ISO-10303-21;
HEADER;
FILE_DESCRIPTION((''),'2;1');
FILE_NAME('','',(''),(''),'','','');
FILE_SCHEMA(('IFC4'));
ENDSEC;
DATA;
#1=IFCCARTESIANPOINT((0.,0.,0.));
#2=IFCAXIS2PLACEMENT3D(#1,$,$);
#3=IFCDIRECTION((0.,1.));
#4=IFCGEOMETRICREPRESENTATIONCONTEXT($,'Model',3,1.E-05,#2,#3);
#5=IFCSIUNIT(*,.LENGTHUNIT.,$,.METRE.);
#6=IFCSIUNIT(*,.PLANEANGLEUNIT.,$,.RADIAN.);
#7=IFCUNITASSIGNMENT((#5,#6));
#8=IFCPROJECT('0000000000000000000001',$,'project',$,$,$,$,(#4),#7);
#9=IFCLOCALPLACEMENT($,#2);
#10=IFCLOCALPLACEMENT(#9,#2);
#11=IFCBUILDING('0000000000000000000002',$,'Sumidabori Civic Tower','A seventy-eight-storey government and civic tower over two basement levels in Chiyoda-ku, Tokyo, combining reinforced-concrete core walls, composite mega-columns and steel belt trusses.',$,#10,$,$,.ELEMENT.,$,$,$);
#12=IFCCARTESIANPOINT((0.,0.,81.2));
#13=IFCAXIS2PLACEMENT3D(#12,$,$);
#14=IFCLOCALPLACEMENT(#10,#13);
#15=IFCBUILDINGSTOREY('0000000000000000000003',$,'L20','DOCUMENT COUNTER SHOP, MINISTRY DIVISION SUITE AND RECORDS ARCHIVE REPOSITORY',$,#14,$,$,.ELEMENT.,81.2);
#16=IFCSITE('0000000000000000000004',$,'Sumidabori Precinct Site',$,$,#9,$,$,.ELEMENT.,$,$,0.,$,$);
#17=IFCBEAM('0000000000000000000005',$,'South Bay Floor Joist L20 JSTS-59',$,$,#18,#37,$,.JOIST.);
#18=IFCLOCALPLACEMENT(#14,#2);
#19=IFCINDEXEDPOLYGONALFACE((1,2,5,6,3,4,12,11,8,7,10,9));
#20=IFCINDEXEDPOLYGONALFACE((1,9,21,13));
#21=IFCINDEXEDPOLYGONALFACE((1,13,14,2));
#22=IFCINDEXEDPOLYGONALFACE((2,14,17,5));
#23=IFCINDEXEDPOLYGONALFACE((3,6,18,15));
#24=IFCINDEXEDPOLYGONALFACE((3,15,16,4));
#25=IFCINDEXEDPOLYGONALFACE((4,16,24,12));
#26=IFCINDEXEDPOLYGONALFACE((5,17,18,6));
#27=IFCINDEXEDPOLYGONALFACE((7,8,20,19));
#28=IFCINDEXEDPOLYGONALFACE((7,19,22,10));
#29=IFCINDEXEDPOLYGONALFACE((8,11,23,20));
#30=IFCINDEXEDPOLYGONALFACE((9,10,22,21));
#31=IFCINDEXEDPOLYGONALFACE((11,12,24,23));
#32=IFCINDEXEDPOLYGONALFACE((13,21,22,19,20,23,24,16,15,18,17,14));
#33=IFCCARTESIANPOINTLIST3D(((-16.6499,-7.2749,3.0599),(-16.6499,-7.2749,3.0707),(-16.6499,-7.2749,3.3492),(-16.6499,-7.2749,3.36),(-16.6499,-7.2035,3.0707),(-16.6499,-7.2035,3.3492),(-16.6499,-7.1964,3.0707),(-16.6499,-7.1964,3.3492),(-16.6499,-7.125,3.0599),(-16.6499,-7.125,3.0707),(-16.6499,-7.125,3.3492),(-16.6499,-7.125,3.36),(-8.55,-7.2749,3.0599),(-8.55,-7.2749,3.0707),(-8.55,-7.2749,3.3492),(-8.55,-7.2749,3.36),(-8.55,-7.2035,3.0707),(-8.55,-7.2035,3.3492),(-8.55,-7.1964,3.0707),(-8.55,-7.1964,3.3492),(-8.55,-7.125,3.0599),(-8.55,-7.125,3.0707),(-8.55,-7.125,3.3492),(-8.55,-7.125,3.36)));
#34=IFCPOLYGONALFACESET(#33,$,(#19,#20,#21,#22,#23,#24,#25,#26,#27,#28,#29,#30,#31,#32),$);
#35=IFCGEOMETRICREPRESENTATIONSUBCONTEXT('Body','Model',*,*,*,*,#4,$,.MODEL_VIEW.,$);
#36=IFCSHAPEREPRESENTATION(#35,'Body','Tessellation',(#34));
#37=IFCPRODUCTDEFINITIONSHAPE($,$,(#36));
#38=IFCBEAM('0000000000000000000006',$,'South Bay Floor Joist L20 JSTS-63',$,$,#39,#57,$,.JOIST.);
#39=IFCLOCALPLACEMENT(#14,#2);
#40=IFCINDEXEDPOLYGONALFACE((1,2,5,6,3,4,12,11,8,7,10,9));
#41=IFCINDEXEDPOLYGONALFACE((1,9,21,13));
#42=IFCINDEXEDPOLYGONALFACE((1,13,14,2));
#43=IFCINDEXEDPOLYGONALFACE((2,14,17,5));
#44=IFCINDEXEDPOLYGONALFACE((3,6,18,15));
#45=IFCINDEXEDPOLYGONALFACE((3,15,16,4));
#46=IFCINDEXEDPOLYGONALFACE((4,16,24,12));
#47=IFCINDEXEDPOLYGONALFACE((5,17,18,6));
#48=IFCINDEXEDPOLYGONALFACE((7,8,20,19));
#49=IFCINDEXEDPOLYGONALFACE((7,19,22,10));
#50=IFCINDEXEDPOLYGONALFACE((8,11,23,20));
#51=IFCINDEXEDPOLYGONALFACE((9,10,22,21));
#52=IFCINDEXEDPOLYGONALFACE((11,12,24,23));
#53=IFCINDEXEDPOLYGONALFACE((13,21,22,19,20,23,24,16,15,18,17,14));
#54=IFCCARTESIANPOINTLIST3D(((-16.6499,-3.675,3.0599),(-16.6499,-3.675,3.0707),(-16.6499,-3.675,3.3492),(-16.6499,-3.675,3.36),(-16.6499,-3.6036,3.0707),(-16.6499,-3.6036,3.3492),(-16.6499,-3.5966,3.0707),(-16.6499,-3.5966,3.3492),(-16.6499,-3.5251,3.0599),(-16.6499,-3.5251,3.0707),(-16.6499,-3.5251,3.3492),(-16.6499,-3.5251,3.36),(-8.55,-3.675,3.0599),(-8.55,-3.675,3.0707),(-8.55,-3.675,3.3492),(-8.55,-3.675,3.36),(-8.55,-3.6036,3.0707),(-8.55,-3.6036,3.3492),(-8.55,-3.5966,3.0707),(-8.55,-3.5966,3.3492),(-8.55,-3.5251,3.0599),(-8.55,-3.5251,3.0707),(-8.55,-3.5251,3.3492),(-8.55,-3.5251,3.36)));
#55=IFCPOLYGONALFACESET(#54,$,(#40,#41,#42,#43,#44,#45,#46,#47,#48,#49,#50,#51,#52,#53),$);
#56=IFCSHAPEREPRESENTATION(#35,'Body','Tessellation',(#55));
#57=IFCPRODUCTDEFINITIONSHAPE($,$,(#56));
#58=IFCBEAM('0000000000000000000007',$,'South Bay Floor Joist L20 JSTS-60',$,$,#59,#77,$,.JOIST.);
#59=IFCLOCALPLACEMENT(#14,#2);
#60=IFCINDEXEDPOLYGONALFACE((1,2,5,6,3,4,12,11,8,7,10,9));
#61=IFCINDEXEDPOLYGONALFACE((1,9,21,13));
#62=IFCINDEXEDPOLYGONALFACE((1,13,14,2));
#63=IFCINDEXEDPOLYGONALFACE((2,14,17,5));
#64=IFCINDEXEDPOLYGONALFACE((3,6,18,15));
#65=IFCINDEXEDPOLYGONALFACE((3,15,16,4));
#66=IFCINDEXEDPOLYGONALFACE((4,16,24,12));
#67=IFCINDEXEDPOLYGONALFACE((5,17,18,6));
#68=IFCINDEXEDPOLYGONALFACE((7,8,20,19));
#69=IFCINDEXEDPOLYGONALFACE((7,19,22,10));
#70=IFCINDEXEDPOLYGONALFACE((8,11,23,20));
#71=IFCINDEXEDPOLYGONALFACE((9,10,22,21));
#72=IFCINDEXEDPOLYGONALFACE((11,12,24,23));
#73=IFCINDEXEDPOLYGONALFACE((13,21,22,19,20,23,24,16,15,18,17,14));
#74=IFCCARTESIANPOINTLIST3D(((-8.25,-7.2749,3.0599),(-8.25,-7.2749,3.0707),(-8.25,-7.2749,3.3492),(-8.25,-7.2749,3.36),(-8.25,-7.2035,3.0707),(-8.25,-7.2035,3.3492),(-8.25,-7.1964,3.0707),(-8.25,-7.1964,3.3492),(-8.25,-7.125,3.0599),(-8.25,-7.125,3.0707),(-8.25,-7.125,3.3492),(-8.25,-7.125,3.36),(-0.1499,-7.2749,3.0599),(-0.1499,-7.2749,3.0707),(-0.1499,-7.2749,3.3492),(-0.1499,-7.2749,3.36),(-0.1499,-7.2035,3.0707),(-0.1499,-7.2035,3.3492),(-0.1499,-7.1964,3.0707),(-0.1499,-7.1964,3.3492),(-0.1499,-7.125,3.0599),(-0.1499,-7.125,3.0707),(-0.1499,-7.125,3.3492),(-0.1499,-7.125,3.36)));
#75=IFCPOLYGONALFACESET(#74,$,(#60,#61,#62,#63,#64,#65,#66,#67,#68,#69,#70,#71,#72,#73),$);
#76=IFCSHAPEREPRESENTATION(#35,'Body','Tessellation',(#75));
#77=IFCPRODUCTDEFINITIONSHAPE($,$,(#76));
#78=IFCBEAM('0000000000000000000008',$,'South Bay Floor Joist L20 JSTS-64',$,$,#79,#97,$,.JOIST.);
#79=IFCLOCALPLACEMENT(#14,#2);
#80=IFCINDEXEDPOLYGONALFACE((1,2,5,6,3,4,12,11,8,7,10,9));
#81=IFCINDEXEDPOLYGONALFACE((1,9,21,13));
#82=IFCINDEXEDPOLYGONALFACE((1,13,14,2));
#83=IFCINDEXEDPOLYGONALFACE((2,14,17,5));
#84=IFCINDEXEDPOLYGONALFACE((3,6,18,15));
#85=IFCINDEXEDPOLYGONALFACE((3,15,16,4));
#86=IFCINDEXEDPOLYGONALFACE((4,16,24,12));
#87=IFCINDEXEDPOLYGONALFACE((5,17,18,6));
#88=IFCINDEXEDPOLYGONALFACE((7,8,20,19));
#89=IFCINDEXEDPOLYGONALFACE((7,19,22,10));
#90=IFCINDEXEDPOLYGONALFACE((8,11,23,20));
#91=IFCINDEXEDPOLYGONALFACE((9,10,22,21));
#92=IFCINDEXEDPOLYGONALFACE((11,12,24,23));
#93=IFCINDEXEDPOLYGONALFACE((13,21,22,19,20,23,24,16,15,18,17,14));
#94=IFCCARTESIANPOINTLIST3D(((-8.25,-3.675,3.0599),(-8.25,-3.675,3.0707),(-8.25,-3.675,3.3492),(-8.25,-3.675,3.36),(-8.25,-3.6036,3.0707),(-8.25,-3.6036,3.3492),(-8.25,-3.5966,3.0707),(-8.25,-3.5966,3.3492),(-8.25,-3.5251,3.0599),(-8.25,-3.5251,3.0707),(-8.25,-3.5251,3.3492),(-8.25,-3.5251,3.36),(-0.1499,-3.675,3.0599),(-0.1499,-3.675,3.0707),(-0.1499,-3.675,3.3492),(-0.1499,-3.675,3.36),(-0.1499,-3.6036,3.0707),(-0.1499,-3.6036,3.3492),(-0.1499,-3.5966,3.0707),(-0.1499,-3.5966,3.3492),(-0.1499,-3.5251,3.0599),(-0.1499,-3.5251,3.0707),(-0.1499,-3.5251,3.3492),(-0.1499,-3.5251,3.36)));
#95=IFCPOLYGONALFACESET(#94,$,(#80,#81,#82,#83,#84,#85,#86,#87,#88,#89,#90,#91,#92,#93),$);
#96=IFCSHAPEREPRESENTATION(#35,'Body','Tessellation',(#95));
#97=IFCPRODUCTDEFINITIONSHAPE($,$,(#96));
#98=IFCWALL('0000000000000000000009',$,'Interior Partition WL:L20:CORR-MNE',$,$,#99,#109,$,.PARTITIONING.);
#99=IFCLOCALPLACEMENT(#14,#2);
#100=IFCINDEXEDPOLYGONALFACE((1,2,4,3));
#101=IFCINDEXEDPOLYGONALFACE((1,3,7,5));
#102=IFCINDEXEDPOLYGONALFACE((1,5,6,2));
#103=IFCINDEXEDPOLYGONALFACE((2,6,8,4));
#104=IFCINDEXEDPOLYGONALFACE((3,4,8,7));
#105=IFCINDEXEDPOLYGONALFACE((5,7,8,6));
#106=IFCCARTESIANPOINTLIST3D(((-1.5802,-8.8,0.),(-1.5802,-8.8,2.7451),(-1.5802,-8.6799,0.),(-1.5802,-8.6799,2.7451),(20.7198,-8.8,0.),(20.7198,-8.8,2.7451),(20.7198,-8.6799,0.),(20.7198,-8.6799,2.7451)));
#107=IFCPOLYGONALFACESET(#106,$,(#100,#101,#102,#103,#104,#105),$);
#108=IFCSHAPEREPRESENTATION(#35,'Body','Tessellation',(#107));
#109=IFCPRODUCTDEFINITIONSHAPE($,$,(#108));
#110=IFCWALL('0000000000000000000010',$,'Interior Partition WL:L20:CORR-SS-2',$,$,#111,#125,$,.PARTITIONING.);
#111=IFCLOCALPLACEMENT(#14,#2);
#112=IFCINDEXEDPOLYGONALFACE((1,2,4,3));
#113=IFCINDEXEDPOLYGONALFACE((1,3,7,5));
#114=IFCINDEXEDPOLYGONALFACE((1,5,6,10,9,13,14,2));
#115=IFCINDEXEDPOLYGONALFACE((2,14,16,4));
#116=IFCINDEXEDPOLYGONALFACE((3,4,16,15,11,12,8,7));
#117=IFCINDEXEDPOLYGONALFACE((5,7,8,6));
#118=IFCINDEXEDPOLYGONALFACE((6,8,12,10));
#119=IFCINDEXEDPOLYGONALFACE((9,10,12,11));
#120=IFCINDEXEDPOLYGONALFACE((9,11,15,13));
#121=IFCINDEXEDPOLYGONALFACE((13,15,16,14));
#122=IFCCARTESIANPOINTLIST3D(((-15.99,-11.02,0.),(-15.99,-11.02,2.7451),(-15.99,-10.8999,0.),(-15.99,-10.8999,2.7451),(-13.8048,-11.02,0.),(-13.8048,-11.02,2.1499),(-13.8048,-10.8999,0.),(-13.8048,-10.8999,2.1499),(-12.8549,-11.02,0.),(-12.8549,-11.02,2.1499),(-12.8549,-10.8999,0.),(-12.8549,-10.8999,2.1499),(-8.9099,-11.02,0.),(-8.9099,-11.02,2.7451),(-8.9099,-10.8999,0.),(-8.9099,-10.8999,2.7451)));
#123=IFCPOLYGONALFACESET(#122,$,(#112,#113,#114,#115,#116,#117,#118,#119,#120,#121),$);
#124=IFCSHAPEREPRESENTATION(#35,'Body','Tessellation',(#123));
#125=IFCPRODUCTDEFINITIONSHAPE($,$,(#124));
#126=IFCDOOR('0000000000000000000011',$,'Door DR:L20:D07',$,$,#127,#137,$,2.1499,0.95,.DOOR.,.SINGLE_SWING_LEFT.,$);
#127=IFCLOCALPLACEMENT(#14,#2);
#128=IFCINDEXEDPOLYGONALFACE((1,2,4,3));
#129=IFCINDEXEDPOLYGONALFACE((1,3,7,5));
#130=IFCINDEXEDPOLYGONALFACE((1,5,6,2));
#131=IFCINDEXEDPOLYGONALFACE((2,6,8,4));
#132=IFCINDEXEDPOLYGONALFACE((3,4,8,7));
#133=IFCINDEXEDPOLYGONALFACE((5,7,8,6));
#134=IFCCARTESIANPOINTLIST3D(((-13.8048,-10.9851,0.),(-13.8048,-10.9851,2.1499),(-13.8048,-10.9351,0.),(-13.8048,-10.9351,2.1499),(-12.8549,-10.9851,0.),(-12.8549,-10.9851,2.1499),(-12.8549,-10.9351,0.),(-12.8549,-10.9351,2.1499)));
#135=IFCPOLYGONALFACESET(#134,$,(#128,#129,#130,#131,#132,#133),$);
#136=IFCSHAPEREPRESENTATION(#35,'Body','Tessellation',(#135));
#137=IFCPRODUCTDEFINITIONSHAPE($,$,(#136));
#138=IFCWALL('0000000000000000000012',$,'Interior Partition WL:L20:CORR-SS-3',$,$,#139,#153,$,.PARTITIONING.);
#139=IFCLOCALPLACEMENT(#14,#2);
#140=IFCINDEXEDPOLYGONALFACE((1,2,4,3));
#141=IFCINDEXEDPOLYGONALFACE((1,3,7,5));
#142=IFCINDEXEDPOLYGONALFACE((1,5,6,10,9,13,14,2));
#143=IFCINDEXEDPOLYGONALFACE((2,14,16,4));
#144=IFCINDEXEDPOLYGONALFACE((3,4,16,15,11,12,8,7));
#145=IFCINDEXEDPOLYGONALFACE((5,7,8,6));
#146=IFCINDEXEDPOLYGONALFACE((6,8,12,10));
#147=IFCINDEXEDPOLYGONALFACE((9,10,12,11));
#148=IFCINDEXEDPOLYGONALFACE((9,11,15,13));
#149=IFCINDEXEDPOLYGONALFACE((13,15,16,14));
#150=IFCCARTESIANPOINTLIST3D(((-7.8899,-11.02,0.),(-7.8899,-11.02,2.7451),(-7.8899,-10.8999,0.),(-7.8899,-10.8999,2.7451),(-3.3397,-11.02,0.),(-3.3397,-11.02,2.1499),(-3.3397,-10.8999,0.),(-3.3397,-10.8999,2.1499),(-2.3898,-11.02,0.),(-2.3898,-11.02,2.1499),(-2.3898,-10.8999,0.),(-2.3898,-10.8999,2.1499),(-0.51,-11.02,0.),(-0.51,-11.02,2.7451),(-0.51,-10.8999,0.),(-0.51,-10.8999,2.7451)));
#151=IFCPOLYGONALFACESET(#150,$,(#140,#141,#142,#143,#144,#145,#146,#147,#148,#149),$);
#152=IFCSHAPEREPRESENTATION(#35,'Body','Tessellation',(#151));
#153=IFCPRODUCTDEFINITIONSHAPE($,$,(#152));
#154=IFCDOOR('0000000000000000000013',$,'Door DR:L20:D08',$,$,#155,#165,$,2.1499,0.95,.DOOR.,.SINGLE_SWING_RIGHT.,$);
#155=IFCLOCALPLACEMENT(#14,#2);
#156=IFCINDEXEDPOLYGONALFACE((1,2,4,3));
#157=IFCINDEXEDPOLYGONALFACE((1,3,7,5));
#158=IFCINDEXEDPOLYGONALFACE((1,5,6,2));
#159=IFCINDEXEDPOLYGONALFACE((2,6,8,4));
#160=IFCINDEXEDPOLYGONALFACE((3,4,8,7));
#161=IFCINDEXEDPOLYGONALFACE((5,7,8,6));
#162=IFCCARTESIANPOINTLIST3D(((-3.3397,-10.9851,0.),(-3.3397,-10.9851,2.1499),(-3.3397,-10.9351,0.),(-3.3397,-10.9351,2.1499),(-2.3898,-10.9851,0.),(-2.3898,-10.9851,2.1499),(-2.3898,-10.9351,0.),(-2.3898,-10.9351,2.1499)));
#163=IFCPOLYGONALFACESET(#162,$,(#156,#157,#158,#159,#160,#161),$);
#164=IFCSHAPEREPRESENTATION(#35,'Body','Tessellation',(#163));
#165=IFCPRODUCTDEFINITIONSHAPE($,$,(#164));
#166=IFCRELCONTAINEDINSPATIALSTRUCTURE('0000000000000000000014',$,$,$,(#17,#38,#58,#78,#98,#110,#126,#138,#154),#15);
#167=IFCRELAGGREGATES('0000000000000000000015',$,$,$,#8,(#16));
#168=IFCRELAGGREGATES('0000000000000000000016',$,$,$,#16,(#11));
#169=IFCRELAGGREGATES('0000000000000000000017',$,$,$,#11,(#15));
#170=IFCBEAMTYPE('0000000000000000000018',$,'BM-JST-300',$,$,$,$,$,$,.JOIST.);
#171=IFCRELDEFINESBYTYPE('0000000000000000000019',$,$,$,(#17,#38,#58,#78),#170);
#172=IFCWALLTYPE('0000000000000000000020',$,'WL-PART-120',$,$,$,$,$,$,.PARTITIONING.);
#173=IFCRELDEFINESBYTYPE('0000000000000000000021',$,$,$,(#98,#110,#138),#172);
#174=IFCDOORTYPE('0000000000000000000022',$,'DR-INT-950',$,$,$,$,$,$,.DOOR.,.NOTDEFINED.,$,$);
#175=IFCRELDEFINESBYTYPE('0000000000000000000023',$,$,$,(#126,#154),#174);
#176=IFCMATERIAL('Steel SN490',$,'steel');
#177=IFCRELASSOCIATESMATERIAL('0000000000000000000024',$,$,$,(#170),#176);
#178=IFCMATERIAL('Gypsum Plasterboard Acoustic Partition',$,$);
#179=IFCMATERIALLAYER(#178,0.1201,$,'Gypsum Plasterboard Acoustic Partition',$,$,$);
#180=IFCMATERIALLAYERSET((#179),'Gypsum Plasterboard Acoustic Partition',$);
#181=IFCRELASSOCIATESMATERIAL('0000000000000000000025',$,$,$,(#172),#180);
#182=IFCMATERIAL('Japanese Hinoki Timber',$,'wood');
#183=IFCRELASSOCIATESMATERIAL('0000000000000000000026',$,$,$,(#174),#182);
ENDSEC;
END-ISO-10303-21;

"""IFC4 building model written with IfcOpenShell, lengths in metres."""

from ifc_helpers import new_model, si_unit, direction, frame, frame_2d, origin, origin_2d, place, context, subcontext, project, spatial, rectangle, i_section, extrude, source, transform, mapped, material, layer, layer_set, material_profile, profile_set, type_object, element, fill, save


model = new_model("IFC4")

# Units and contexts
model_context = context("Model", 3, precision=1e-05, world=origin(), true_north=direction((0.0, 1.0)))
body_context = subcontext(model_context, "Body", "Model", "MODEL_VIEW")
ifc_project = project(units=[si_unit("LENGTHUNIT", "METRE"), si_unit("PLANEANGLEUNIT", "RADIAN")], contexts=[model_context])

# Site, building, storey
site_placement = place(None, origin())
site = spatial("IfcSite", under=ifc_project, at=site_placement, Name="Sumidabori Precinct Site", CompositionType="ELEMENT", RefElevation=0.0)
building_placement = place(site_placement, origin())
building = spatial("IfcBuilding", under=site, at=building_placement, Name="Sumidabori Civic Tower", Description="A seventy-eight-storey government and civic tower over two basement levels in Chiyoda-ku, Tokyo, combining reinforced-concrete core walls, composite mega-columns and steel belt trusses.", CompositionType="ELEMENT")
storey_placement = place(building_placement, frame((0.0, 0.0, 81.2)))
storey = spatial("IfcBuildingStorey", under=building, at=storey_placement, Name="L20", Description="DOCUMENT COUNTER SHOP, MINISTRY DIVISION SUITE AND RECORDS ARCHIVE REPOSITORY", CompositionType="ELEMENT", Elevation=81.2)

# Beams
ifc_material_1 = material(Name="Steel SN490", Category="steel")
ifc_material_profile_1 = material_profile(ifc_material_1, i_section(OverallWidth=0.1499, OverallDepth=0.3, WebThickness=0.0071, FlangeThickness=0.0107, at=origin_2d()), Name="IPE 300")
ifc_profile_set_1 = profile_set([ifc_material_profile_1], Name="Steel SN490")
beam_type_1 = type_object("IfcBeamType", Name="BM-JST-300", PredefinedType="JOIST", material=ifc_profile_set_1)
shared_shape_1 = source(origin(), body_context, "Body", "SweptSolid", [
    extrude(i_section(OverallWidth=0.1499, OverallDepth=0.3, WebThickness=0.0071, FlangeThickness=0.0107, at=origin_2d()), origin(), (0.0, 0.0, 1.0), 8.0999),
])
for number, where, z_axis, x_axis, name in (
    (1, (-16.6499, -7.2, 3.21), (1.0, 0.0, 0.0), (0.0, 1.0, 0.0), "South Bay Floor Joist L20 JSTS-59"),
    (2, (-16.6499, -3.6001, 3.21), (1.0, 0.0, 0.0), (0.0, 1.0, 0.0), "South Bay Floor Joist L20 JSTS-63"),
):
    element("IfcBeam", number, at=place(storey_placement, frame(where, z_axis=z_axis, x_axis=x_axis)), inside=storey, type_object=beam_type_1, Name=name, PredefinedType="JOIST", context=body_context, shape_type="MappedRepresentation", body=[
        mapped(shared_shape_1, transform((0.0, 0.0, 0.0), x_axis=(1.0, 0.0, 0.0), y_axis=(0.0, 1.0, 0.0), z_axis=(0.0, 0.0, 1.0), scale=1.0)),
    ])
shared_shape_2 = source(origin(), body_context, "Body", "SweptSolid", [
    extrude(i_section(OverallWidth=0.1499, OverallDepth=0.3, WebThickness=0.0071, FlangeThickness=0.0107, at=origin_2d()), origin(), (0.0, 0.0, 1.0), 8.1001),
])
for number, where, z_axis, x_axis, name in (
    (3, (-8.25, -7.2, 3.21), (1.0, 0.0, 0.0), (0.0, 1.0, 0.0), "South Bay Floor Joist L20 JSTS-60"),
    (4, (-8.25, -3.6001, 3.21), (1.0, 0.0, 0.0), (0.0, 1.0, 0.0), "South Bay Floor Joist L20 JSTS-64"),
):
    element("IfcBeam", number, at=place(storey_placement, frame(where, z_axis=z_axis, x_axis=x_axis)), inside=storey, type_object=beam_type_1, Name=name, PredefinedType="JOIST", context=body_context, shape_type="MappedRepresentation", body=[
        mapped(shared_shape_2, transform((0.0, 0.0, 0.0), x_axis=(1.0, 0.0, 0.0), y_axis=(0.0, 1.0, 0.0), z_axis=(0.0, 0.0, 1.0), scale=1.0)),
    ])

# Wall
ifc_material_2 = material(Name="Gypsum Plasterboard Acoustic Partition")
ifc_layer = layer(ifc_material_2, 0.1201, Name="Gypsum Plasterboard Acoustic Partition")
ifc_layer_set = layer_set([ifc_layer], Name="Gypsum Plasterboard Acoustic Partition")
wall_type = type_object("IfcWallType", Name="WL-PART-120", PredefinedType="PARTITIONING", material=ifc_layer_set)
shared_shape_3 = source(origin(), body_context, "Body", "SweptSolid", [
    extrude(rectangle(XDim=22.3, YDim=0.1201, at=frame_2d((11.1499, 0.0))), origin(), (0.0, 0.0, 1.0), 2.7451),
])
wall_1_placement = place(storey_placement, frame((-1.5801, -8.74, 0.0), z_axis=(0.0, 0.0, 1.0), x_axis=(1.0, 0.0, 0.0)))
element("IfcWall", 5, at=wall_1_placement, inside=storey, type_object=wall_type, Name="Interior Partition WL:L20:CORR-MNE", PredefinedType="PARTITIONING", context=body_context, shape_type="MappedRepresentation", body=[
    mapped(shared_shape_3, transform((0.0, 0.0, 0.0), x_axis=(1.0, 0.0, 0.0), y_axis=(0.0, 1.0, 0.0), z_axis=(0.0, 0.0, 1.0), scale=1.0)),
])

# Walls, openings, doors
shared_shape_4 = source(origin(), body_context, "Body", "SweptSolid", [
    extrude(rectangle(XDim=7.0801, YDim=0.1201, at=frame_2d((3.54, 0.0))), origin(), (0.0, 0.0, 1.0), 2.7451),
])
wall_2_placement = place(storey_placement, frame((-15.99, -10.96, 0.0), z_axis=(0.0, 0.0, 1.0), x_axis=(1.0, 0.0, 0.0)))
wall_2 = element("IfcWall", 6, at=wall_2_placement, inside=storey, type_object=wall_type, Name="Interior Partition WL:L20:CORR-SS-2", PredefinedType="PARTITIONING", context=body_context, shape_type="MappedRepresentation", body=[
    mapped(shared_shape_4, transform((0.0, 0.0, 0.0), x_axis=(1.0, 0.0, 0.0), y_axis=(0.0, 1.0, 0.0), z_axis=(0.0, 0.0, 1.0), scale=1.0)),
])
opening_1_placement = place(wall_2_placement, frame((2.1851, 0.0, 0.0)))
opening_1 = element("IfcOpeningElement", 7, at=opening_1_placement, cuts=wall_2, PredefinedType="OPENING", context=body_context, shape_type="SweptSolid", body=[
    extrude(rectangle(XDim=0.95, YDim=2.1499, at=frame_2d((0.4751, 1.075))), frame((0.0, 0.072, 0.0), z_axis=(0.0, -1.0, 0.0), x_axis=(1.0, 0.0, 0.0)), (0.0, 0.0, 1.0), 0.144),
])
ifc_material_3 = material(Name="Japanese Hinoki Timber", Category="wood")
door_type = type_object("IfcDoorType", Name="DR-INT-950", OperationType="NOTDEFINED", PredefinedType="DOOR", material=ifc_material_3)
shared_shape_5 = source(origin(), body_context, "Body", "SweptSolid", [
    extrude(rectangle(XDim=0.95, YDim=2.1499, at=frame_2d((0.4751, 1.075))), frame((0.0, 0.0249, 0.0), z_axis=(0.0, -1.0, 0.0), x_axis=(1.0, 0.0, 0.0)), (0.0, 0.0, 1.0), 0.05),
])
door_1_placement = place(opening_1_placement, origin())
door_1 = element("IfcDoor", 8, at=door_1_placement, inside=storey, type_object=door_type, Name="Door DR:L20:D07", OperationType="SINGLE_SWING_LEFT", OverallHeight=2.1499, OverallWidth=0.95, PredefinedType="DOOR", context=body_context, shape_type="MappedRepresentation", body=[
    mapped(shared_shape_5, transform((0.0, 0.0, 0.0), x_axis=(1.0, 0.0, 0.0), y_axis=(0.0, 1.0, 0.0), z_axis=(0.0, 0.0, 1.0), scale=1.0)),
])
fill(opening_1, door_1)
shared_shape_6 = source(origin(), body_context, "Body", "SweptSolid", [
    extrude(rectangle(XDim=7.3799, YDim=0.1201, at=frame_2d((3.6899, 0.0))), origin(), (0.0, 0.0, 1.0), 2.7451),
])
wall_3_placement = place(storey_placement, frame((-7.8899, -10.96, 0.0), z_axis=(0.0, 0.0, 1.0), x_axis=(1.0, 0.0, 0.0)))
wall_3 = element("IfcWall", 9, at=wall_3_placement, inside=storey, type_object=wall_type, Name="Interior Partition WL:L20:CORR-SS-3", PredefinedType="PARTITIONING", context=body_context, shape_type="MappedRepresentation", body=[
    mapped(shared_shape_6, transform((0.0, 0.0, 0.0), x_axis=(1.0, 0.0, 0.0), y_axis=(0.0, 1.0, 0.0), z_axis=(0.0, 0.0, 1.0), scale=1.0)),
])
opening_2_placement = place(wall_3_placement, frame((4.55, 0.0, 0.0)))
opening_2 = element("IfcOpeningElement", 10, at=opening_2_placement, cuts=wall_3, PredefinedType="OPENING", context=body_context, shape_type="SweptSolid", body=[
    extrude(rectangle(XDim=0.95, YDim=2.1499, at=frame_2d((0.4751, 1.075))), frame((0.0, 0.072, 0.0), z_axis=(0.0, -1.0, 0.0), x_axis=(1.0, 0.0, 0.0)), (0.0, 0.0, 1.0), 0.144),
])
door_2_placement = place(opening_2_placement, origin())
door_2 = element("IfcDoor", 11, at=door_2_placement, inside=storey, type_object=door_type, Name="Door DR:L20:D08", OperationType="SINGLE_SWING_RIGHT", OverallHeight=2.1499, OverallWidth=0.95, PredefinedType="DOOR", context=body_context, shape_type="MappedRepresentation", body=[
    mapped(shared_shape_5, transform((0.0, 0.0, 0.0), x_axis=(1.0, 0.0, 0.0), y_axis=(0.0, 1.0, 0.0), z_axis=(0.0, 0.0, 1.0), scale=1.0)),
])
fill(opening_2, door_2)

save(model, "model.ifc")
